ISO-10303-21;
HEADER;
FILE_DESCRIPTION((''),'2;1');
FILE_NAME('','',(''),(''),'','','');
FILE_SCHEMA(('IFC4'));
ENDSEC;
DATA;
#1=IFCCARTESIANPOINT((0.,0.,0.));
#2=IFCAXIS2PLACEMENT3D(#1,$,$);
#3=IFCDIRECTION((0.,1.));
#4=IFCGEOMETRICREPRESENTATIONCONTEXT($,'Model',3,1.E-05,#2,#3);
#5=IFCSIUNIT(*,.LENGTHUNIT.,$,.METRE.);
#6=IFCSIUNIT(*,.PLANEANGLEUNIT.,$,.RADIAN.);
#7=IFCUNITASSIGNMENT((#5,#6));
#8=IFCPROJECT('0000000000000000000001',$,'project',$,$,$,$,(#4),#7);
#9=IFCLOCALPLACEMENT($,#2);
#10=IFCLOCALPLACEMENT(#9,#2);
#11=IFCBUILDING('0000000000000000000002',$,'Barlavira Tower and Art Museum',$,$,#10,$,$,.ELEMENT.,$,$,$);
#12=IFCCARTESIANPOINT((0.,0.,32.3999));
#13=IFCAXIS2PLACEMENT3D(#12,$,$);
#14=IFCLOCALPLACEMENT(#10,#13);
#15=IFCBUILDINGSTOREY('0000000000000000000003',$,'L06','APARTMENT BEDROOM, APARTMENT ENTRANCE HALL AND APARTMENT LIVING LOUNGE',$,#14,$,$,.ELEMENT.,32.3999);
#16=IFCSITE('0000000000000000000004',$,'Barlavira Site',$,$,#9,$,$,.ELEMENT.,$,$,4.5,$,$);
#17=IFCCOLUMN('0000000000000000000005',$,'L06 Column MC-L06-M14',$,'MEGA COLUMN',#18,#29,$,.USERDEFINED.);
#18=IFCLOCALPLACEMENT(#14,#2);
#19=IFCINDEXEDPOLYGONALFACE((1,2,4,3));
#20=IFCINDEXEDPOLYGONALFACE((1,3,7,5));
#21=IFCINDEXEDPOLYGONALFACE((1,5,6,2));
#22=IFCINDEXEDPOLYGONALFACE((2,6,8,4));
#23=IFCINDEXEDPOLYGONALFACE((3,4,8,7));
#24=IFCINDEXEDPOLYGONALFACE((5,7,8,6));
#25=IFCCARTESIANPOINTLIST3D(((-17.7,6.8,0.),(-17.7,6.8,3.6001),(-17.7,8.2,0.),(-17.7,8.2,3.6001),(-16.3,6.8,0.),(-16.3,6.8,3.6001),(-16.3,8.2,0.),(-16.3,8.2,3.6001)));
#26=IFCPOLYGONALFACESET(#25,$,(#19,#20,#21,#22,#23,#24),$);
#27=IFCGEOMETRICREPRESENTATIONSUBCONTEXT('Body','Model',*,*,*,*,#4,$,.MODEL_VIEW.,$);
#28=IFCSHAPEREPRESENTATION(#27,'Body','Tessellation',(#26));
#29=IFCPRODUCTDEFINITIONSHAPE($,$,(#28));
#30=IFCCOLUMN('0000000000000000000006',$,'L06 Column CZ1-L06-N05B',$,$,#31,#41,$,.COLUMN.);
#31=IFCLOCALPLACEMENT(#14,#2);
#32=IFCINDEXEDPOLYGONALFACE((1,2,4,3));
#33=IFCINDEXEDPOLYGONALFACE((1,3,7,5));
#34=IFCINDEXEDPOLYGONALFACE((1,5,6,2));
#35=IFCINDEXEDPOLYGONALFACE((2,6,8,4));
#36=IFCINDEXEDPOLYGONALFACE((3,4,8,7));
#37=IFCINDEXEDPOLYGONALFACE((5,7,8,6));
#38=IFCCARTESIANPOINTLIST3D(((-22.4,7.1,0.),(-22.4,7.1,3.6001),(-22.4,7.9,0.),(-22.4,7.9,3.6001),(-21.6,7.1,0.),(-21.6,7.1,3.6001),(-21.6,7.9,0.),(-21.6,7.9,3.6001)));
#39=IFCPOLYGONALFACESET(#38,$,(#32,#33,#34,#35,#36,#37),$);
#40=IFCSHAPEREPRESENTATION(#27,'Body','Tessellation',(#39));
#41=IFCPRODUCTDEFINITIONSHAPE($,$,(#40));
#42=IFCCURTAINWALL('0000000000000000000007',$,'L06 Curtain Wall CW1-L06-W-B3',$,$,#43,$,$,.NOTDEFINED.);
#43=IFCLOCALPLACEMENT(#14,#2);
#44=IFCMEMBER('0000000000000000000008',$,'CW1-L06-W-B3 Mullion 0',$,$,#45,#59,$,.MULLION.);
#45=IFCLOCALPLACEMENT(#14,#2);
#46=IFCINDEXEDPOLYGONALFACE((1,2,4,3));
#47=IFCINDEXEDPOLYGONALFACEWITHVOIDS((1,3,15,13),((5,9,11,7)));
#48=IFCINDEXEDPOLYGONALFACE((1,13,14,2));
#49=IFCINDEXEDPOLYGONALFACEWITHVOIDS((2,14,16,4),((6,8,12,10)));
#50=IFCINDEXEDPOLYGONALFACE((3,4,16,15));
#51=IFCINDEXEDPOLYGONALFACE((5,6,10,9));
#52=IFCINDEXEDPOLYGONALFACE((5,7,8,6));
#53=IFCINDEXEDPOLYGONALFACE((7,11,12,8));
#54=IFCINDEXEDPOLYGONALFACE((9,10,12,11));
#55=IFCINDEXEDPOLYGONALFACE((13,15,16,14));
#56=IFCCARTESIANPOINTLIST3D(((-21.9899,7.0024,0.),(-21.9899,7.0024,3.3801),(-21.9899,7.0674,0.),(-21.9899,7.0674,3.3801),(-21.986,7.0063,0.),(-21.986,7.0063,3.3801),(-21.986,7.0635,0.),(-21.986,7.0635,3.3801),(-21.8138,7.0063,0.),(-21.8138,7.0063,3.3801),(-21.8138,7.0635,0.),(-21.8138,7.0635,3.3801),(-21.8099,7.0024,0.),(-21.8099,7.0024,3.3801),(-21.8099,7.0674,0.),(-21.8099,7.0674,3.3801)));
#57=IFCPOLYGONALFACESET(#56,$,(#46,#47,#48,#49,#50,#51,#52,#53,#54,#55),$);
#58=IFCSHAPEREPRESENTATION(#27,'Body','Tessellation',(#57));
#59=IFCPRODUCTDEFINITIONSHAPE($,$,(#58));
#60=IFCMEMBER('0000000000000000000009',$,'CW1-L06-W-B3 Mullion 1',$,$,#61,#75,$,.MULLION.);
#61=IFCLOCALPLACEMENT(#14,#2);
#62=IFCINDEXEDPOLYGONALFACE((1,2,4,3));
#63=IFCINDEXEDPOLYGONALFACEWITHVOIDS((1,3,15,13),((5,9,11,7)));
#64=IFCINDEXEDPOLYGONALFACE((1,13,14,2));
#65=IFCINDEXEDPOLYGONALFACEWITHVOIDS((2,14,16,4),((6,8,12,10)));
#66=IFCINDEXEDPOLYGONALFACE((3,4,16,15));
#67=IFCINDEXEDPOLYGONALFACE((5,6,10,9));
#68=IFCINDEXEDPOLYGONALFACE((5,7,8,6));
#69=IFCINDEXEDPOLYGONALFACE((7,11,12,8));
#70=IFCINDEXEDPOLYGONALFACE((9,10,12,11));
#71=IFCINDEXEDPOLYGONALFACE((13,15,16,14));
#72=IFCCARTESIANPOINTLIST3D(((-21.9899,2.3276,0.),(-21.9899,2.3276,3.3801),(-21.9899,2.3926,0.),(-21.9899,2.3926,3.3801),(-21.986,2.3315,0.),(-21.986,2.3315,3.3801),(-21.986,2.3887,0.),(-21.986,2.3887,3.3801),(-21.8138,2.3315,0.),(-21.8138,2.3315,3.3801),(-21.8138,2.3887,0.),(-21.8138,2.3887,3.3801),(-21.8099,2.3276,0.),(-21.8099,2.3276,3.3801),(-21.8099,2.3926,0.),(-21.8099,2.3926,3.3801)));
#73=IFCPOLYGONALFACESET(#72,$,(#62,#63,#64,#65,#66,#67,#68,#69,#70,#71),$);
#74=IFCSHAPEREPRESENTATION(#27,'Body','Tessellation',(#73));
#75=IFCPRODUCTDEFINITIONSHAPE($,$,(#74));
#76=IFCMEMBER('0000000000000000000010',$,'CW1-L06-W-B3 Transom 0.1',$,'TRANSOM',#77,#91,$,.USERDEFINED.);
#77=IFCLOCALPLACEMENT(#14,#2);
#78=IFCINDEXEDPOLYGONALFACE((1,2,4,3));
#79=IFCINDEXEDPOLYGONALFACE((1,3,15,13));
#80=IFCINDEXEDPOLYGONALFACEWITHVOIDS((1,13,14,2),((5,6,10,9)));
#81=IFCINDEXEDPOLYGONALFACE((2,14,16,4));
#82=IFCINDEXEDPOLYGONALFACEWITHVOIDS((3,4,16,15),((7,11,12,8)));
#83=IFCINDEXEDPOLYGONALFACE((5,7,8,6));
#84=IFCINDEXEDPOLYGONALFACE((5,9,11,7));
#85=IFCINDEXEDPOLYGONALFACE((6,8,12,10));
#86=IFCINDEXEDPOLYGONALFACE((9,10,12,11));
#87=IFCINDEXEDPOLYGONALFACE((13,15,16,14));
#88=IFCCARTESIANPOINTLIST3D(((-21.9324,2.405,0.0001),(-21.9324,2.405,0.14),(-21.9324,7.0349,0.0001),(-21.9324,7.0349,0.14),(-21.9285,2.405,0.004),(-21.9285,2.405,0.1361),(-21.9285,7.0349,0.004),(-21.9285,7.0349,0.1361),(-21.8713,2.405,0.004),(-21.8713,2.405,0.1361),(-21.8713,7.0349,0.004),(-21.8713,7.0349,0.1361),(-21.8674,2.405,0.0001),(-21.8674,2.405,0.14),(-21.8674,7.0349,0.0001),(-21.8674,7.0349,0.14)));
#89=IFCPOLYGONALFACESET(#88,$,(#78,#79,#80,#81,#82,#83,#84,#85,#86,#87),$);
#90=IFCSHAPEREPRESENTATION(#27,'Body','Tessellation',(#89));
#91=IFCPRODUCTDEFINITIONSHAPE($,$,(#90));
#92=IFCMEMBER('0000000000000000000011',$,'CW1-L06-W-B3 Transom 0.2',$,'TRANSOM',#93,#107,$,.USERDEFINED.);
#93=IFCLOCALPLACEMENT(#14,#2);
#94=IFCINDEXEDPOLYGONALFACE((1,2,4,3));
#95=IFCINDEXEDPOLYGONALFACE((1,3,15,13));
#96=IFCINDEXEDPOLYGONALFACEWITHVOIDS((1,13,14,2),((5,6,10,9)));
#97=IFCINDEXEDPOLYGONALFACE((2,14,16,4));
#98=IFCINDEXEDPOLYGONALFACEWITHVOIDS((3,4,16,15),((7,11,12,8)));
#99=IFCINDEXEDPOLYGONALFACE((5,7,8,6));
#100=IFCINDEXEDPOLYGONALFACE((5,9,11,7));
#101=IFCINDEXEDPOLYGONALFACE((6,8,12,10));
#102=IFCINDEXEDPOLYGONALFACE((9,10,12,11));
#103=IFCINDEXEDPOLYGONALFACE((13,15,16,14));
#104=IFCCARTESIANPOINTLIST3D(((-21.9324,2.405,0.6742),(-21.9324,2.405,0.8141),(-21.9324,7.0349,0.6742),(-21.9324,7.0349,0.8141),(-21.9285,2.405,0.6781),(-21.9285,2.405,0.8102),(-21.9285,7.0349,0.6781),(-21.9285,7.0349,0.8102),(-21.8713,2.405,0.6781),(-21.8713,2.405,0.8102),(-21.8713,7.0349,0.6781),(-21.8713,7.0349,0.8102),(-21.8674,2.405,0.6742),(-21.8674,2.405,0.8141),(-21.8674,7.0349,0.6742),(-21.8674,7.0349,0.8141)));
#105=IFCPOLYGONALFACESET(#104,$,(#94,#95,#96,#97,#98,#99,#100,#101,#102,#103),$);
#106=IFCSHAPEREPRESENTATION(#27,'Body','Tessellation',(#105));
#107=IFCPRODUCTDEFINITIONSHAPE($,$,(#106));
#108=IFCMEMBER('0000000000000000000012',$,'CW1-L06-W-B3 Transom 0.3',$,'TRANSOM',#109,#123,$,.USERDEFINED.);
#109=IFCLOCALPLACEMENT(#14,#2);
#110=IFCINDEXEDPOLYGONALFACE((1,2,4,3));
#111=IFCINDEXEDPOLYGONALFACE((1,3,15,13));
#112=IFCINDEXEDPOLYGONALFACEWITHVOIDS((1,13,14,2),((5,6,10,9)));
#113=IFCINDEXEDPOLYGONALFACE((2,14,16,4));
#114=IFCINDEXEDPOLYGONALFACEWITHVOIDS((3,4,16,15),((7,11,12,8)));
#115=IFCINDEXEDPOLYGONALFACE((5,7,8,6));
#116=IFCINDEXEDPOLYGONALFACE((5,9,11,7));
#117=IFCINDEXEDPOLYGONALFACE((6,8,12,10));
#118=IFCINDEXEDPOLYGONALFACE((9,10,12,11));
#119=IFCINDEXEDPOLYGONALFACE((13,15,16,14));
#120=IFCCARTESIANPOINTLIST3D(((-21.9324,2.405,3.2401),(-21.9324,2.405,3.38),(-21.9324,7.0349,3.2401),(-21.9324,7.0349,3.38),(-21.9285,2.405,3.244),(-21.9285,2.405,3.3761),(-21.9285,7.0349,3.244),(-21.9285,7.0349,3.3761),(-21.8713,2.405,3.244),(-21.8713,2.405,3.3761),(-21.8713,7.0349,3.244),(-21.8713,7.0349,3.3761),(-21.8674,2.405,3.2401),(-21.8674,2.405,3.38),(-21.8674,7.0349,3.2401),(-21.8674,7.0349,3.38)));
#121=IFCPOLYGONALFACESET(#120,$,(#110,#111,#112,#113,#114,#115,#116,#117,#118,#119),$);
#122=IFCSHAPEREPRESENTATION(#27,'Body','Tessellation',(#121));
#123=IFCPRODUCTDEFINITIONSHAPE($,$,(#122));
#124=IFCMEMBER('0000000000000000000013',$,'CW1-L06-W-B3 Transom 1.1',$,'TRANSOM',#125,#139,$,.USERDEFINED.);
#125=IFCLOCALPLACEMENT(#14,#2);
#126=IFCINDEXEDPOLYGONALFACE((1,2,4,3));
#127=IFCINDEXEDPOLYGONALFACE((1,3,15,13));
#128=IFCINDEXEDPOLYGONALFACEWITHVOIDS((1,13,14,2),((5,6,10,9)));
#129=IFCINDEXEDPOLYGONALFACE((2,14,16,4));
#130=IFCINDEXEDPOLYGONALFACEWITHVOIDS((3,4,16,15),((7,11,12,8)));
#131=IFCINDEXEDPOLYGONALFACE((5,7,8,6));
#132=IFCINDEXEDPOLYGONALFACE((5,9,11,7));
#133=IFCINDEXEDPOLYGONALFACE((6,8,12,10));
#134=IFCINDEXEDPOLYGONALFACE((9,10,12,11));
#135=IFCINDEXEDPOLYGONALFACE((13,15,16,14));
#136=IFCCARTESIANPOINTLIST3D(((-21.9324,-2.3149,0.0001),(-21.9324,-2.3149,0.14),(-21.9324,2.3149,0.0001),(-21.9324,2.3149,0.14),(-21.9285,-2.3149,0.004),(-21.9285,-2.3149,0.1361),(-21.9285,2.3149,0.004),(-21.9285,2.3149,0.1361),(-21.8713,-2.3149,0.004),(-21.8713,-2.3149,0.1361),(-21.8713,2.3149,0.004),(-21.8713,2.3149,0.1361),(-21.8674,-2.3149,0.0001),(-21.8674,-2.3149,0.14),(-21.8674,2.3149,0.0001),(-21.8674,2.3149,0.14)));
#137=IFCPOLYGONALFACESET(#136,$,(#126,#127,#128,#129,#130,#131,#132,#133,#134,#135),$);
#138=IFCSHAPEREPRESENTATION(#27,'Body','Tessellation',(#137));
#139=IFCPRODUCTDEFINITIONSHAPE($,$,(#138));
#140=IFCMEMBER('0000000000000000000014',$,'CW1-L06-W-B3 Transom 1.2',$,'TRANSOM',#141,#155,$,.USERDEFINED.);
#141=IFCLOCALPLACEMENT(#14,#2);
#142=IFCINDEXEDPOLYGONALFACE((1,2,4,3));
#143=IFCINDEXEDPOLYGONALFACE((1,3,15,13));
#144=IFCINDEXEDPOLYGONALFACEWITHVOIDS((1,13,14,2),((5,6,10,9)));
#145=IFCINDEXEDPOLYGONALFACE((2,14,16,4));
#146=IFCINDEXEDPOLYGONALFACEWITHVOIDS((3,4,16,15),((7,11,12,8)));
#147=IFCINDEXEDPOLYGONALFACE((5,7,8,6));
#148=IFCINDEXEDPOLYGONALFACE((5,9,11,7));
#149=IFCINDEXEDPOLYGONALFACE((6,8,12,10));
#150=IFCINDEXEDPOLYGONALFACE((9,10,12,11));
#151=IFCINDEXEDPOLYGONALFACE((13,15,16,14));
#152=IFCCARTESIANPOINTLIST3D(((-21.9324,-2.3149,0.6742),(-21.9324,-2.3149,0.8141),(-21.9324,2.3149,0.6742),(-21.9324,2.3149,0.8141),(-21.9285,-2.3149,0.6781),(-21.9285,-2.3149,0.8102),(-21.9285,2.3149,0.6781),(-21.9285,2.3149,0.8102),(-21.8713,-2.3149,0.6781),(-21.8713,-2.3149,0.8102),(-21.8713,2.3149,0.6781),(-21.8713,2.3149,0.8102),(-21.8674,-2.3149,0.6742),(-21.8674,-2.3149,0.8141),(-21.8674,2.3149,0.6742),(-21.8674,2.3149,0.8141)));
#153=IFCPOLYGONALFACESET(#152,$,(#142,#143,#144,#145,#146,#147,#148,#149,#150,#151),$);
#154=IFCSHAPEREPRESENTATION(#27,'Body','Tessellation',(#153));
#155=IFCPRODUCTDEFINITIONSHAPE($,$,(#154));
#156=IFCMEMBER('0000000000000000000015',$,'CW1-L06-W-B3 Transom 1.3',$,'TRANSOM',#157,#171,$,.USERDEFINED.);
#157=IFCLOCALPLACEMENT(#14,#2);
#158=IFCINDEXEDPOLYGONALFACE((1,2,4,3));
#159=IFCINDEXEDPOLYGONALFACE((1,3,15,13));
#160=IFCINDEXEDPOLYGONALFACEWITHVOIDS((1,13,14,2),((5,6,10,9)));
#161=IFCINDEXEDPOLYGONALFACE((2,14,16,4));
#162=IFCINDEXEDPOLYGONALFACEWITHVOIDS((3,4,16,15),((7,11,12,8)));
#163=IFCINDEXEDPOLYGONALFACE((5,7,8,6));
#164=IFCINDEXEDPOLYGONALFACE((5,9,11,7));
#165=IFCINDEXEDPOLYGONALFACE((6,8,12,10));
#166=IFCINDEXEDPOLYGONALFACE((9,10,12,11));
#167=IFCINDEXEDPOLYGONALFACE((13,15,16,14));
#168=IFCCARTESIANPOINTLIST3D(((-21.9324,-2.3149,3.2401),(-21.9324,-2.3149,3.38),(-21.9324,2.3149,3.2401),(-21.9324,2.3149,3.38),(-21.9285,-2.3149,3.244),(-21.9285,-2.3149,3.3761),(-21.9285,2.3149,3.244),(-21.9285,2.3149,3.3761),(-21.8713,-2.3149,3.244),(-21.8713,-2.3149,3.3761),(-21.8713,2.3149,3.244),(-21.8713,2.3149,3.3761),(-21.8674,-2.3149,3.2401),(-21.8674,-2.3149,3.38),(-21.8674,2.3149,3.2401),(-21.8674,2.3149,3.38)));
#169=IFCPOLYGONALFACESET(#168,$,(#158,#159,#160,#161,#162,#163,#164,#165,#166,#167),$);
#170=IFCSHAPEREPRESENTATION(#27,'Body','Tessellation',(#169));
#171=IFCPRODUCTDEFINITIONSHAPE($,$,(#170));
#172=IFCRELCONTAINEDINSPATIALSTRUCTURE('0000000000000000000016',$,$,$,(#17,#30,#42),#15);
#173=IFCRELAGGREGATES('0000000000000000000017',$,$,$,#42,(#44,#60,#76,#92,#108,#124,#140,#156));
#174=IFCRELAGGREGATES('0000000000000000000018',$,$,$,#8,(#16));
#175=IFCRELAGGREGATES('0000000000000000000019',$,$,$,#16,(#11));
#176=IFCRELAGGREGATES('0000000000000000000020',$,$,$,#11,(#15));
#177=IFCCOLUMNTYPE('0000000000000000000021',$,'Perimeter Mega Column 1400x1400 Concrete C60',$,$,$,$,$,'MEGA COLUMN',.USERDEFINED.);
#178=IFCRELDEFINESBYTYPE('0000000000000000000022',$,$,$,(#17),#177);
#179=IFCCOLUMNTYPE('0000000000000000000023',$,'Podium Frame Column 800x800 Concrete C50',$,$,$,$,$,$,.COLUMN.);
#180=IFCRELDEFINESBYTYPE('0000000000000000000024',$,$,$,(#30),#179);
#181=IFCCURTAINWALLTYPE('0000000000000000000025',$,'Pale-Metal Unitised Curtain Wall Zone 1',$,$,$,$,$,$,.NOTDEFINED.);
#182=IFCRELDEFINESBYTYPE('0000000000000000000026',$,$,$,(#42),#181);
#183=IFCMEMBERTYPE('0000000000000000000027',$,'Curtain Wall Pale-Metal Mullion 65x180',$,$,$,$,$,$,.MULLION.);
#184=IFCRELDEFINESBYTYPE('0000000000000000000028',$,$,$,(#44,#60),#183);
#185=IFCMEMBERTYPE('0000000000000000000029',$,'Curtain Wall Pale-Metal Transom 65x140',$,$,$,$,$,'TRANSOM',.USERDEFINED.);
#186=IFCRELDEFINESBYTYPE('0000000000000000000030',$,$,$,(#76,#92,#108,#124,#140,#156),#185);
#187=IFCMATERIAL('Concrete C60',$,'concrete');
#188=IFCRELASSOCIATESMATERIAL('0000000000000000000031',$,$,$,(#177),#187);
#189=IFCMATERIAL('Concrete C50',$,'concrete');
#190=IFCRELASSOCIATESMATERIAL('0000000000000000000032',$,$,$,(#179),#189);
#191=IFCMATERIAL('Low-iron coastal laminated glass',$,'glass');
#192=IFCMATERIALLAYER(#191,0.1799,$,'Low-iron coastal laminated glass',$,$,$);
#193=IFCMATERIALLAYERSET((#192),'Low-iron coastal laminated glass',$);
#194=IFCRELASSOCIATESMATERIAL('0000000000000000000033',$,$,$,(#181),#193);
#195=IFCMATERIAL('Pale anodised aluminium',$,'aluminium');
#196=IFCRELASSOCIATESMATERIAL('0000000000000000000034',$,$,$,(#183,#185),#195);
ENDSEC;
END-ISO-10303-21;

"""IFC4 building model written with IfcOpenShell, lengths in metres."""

from ifc_helpers import new_model, si_unit, direction, frame, origin, origin_2d, place, context, subcontext, project, spatial, rectangle, hollow_rectangle, extrude, material, layer, layer_set, material_profile, profile_set, type_object, element, aggregate, save


model = new_model("IFC4")

# Units and contexts
model_context = context("Model", 3, precision=1e-05, world=origin(), true_north=direction((0.0, 1.0)))
body_context = subcontext(model_context, "Body", "Model", "MODEL_VIEW")
ifc_project = project(units=[si_unit("LENGTHUNIT", "METRE"), si_unit("PLANEANGLEUNIT", "RADIAN")], contexts=[model_context])

# Site, building, storey
site_placement = place(None, origin())
site = spatial("IfcSite", under=ifc_project, at=site_placement, Name="Barlavira Site", CompositionType="ELEMENT", RefElevation=4.5)
building_placement = place(site_placement, origin())
building = spatial("IfcBuilding", under=site, at=building_placement, Name="Barlavira Tower and Art Museum", CompositionType="ELEMENT")
storey_placement = place(building_placement, frame((0.0, 0.0, 32.3999)))
storey = spatial("IfcBuildingStorey", under=building, at=storey_placement, Name="L06", Description="APARTMENT BEDROOM, APARTMENT ENTRANCE HALL AND APARTMENT LIVING LOUNGE", CompositionType="ELEMENT", Elevation=32.3999)

# Columns
ifc_material_1 = material(Name="Concrete C60", Category="concrete")
ifc_material_profile_1 = material_profile(ifc_material_1, rectangle(XDim=1.3999, YDim=1.3999, at=origin_2d()), Name="RC-MCOL 1400x1400")
ifc_profile_set_1 = profile_set([ifc_material_profile_1], Name="Concrete C60")
column_type_1 = type_object("IfcColumnType", Name="Perimeter Mega Column 1400x1400 Concrete C60", ElementType="MEGA COLUMN", PredefinedType="USERDEFINED", material=ifc_profile_set_1)
column_1_placement = place(storey_placement, frame((-17.0, 7.5, 0.0), z_axis=(0.0, 0.0, 1.0), x_axis=(1.0, 0.0, 0.0)))
element("IfcColumn", 1, at=column_1_placement, inside=storey, type_object=column_type_1, Name="L06 Column MC-L06-M14", ObjectType="MEGA COLUMN", PredefinedType="USERDEFINED", context=body_context, shape_type="SweptSolid", body=[
    extrude(rectangle(XDim=1.3999, YDim=1.3999, at=origin_2d()), origin(), (0.0, 0.0, 1.0), 3.6001),
])
ifc_material_2 = material(Name="Concrete C50", Category="concrete")
ifc_material_profile_2 = material_profile(ifc_material_2, rectangle(XDim=0.8, YDim=0.8, at=origin_2d()), Name="RC-COL 800x800")
ifc_profile_set_2 = profile_set([ifc_material_profile_2], Name="Concrete C50")
column_type_2 = type_object("IfcColumnType", Name="Podium Frame Column 800x800 Concrete C50", PredefinedType="COLUMN", material=ifc_profile_set_2)
column_2_placement = place(storey_placement, frame((-22.0, 7.5, 0.0), z_axis=(0.0, 0.0, 1.0), x_axis=(1.0, 0.0, 0.0)))
element("IfcColumn", 2, at=column_2_placement, inside=storey, type_object=column_type_2, Name="L06 Column CZ1-L06-N05B", PredefinedType="COLUMN", context=body_context, shape_type="SweptSolid", body=[
    extrude(rectangle(XDim=0.8, YDim=0.8, at=origin_2d()), origin(), (0.0, 0.0, 1.0), 3.6001),
])

# Curtain wall, members
ifc_material_3 = material(Name="Low-iron coastal laminated glass", Category="glass")
ifc_layer_1 = layer(ifc_material_3, 0.1799, Name="Low-iron coastal laminated glass")
ifc_layer_set_1 = layer_set([ifc_layer_1], Name="Low-iron coastal laminated glass")
curtain_wall_type = type_object("IfcCurtainWallType", Name="Pale-Metal Unitised Curtain Wall Zone 1", PredefinedType="NOTDEFINED", material=ifc_layer_set_1)
curtain_wall_placement = place(storey_placement, origin())
curtain_wall = element("IfcCurtainWall", 3, at=curtain_wall_placement, inside=storey, type_object=curtain_wall_type, Name="L06 Curtain Wall CW1-L06-W-B3", PredefinedType="NOTDEFINED")
ifc_material_4 = material(Name="Pale anodised aluminium", Category="aluminium")
ifc_material_profile_3 = material_profile(ifc_material_4, hollow_rectangle(XDim=0.0649, YDim=0.1799, WallThickness=0.0039, at=origin_2d()), Name="ALU-MULL 65x180x4")
ifc_profile_set_3 = profile_set([ifc_material_profile_3], Name="Pale anodised aluminium")
member_type_1 = type_object("IfcMemberType", Name="Curtain Wall Pale-Metal Mullion 65x180", PredefinedType="MULLION", material=ifc_profile_set_3)
member_1_placement = place(storey_placement, frame((-21.8999, 7.0349, 0.0), z_axis=(0.0, 0.0, 1.0), x_axis=(0.0, -1.0, 0.0)))
member_1 = element("IfcMember", 4, at=member_1_placement, type_object=member_type_1, Name="CW1-L06-W-B3 Mullion 0", PredefinedType="MULLION", context=body_context, shape_type="SweptSolid", body=[
    extrude(hollow_rectangle(XDim=0.0649, YDim=0.1799, WallThickness=0.0039, at=origin_2d()), origin(), (0.0, 0.0, 1.0), 3.3801),
])
member_2_placement = place(storey_placement, frame((-21.8999, 2.3601, 0.0), z_axis=(0.0, 0.0, 1.0), x_axis=(0.0, -1.0, 0.0)))
member_2 = element("IfcMember", 5, at=member_2_placement, type_object=member_type_1, Name="CW1-L06-W-B3 Mullion 1", PredefinedType="MULLION", context=body_context, shape_type="SweptSolid", body=[
    extrude(hollow_rectangle(XDim=0.0649, YDim=0.1799, WallThickness=0.0039, at=origin_2d()), origin(), (0.0, 0.0, 1.0), 3.3801),
])
ifc_material_profile_4 = material_profile(ifc_material_4, hollow_rectangle(XDim=0.0649, YDim=0.1399, WallThickness=0.0039, at=origin_2d()), Name="ALU-TRAN 65x140x4")
ifc_profile_set_4 = profile_set([ifc_material_profile_4], Name="Pale anodised aluminium")
member_type_2 = type_object("IfcMemberType", Name="Curtain Wall Pale-Metal Transom 65x140", ElementType="TRANSOM", PredefinedType="USERDEFINED", material=ifc_profile_set_4)
member_3_placement = place(storey_placement, frame((-21.8999, 7.0349, 0.0701), z_axis=(0.0, -1.0, 0.0), x_axis=(1.0, 0.0, 0.0)))
member_3 = element("IfcMember", 6, at=member_3_placement, type_object=member_type_2, Name="CW1-L06-W-B3 Transom 0.1", ObjectType="TRANSOM", PredefinedType="USERDEFINED", context=body_context, shape_type="SweptSolid", body=[
    extrude(hollow_rectangle(XDim=0.0649, YDim=0.1399, WallThickness=0.0039, at=origin_2d()), origin(), (0.0, 0.0, 1.0), 4.6299),
])
member_4_placement = place(storey_placement, frame((-21.8999, 7.0349, 0.7441), z_axis=(0.0, -1.0, 0.0), x_axis=(1.0, 0.0, 0.0)))
member_4 = element("IfcMember", 7, at=member_4_placement, type_object=member_type_2, Name="CW1-L06-W-B3 Transom 0.2", ObjectType="TRANSOM", PredefinedType="USERDEFINED", context=body_context, shape_type="SweptSolid", body=[
    extrude(hollow_rectangle(XDim=0.0649, YDim=0.1399, WallThickness=0.0039, at=origin_2d()), origin(), (0.0, 0.0, 1.0), 4.6299),
])
member_5_placement = place(storey_placement, frame((-21.8999, 7.0349, 3.3101), z_axis=(0.0, -1.0, 0.0), x_axis=(1.0, 0.0, 0.0)))
member_5 = element("IfcMember", 8, at=member_5_placement, type_object=member_type_2, Name="CW1-L06-W-B3 Transom 0.3", ObjectType="TRANSOM", PredefinedType="USERDEFINED", context=body_context, shape_type="SweptSolid", body=[
    extrude(hollow_rectangle(XDim=0.0649, YDim=0.1399, WallThickness=0.0039, at=origin_2d()), origin(), (0.0, 0.0, 1.0), 4.6299),
])
member_6_placement = place(storey_placement, frame((-21.8999, 2.3149, 0.0701), z_axis=(0.0, -1.0, 0.0), x_axis=(1.0, 0.0, 0.0)))
member_6 = element("IfcMember", 9, at=member_6_placement, type_object=member_type_2, Name="CW1-L06-W-B3 Transom 1.1", ObjectType="TRANSOM", PredefinedType="USERDEFINED", context=body_context, shape_type="SweptSolid", body=[
    extrude(hollow_rectangle(XDim=0.0649, YDim=0.1399, WallThickness=0.0039, at=origin_2d()), origin(), (0.0, 0.0, 1.0), 4.6299),
])
member_7_placement = place(storey_placement, frame((-21.8999, 2.3149, 0.7441), z_axis=(0.0, -1.0, 0.0), x_axis=(1.0, 0.0, 0.0)))
member_7 = element("IfcMember", 10, at=member_7_placement, type_object=member_type_2, Name="CW1-L06-W-B3 Transom 1.2", ObjectType="TRANSOM", PredefinedType="USERDEFINED", context=body_context, shape_type="SweptSolid", body=[
    extrude(hollow_rectangle(XDim=0.0649, YDim=0.1399, WallThickness=0.0039, at=origin_2d()), origin(), (0.0, 0.0, 1.0), 4.6299),
])
member_8_placement = place(storey_placement, frame((-21.8999, 2.3149, 3.3101), z_axis=(0.0, -1.0, 0.0), x_axis=(1.0, 0.0, 0.0)))
member_8 = element("IfcMember", 11, at=member_8_placement, type_object=member_type_2, Name="CW1-L06-W-B3 Transom 1.3", ObjectType="TRANSOM", PredefinedType="USERDEFINED", context=body_context, shape_type="SweptSolid", body=[
    extrude(hollow_rectangle(XDim=0.0649, YDim=0.1399, WallThickness=0.0039, at=origin_2d()), origin(), (0.0, 0.0, 1.0), 4.6299),
])

aggregate(curtain_wall, [member_1, member_2, member_3, member_4, member_5, member_6, member_7, member_8])

save(model, "model.ifc")
